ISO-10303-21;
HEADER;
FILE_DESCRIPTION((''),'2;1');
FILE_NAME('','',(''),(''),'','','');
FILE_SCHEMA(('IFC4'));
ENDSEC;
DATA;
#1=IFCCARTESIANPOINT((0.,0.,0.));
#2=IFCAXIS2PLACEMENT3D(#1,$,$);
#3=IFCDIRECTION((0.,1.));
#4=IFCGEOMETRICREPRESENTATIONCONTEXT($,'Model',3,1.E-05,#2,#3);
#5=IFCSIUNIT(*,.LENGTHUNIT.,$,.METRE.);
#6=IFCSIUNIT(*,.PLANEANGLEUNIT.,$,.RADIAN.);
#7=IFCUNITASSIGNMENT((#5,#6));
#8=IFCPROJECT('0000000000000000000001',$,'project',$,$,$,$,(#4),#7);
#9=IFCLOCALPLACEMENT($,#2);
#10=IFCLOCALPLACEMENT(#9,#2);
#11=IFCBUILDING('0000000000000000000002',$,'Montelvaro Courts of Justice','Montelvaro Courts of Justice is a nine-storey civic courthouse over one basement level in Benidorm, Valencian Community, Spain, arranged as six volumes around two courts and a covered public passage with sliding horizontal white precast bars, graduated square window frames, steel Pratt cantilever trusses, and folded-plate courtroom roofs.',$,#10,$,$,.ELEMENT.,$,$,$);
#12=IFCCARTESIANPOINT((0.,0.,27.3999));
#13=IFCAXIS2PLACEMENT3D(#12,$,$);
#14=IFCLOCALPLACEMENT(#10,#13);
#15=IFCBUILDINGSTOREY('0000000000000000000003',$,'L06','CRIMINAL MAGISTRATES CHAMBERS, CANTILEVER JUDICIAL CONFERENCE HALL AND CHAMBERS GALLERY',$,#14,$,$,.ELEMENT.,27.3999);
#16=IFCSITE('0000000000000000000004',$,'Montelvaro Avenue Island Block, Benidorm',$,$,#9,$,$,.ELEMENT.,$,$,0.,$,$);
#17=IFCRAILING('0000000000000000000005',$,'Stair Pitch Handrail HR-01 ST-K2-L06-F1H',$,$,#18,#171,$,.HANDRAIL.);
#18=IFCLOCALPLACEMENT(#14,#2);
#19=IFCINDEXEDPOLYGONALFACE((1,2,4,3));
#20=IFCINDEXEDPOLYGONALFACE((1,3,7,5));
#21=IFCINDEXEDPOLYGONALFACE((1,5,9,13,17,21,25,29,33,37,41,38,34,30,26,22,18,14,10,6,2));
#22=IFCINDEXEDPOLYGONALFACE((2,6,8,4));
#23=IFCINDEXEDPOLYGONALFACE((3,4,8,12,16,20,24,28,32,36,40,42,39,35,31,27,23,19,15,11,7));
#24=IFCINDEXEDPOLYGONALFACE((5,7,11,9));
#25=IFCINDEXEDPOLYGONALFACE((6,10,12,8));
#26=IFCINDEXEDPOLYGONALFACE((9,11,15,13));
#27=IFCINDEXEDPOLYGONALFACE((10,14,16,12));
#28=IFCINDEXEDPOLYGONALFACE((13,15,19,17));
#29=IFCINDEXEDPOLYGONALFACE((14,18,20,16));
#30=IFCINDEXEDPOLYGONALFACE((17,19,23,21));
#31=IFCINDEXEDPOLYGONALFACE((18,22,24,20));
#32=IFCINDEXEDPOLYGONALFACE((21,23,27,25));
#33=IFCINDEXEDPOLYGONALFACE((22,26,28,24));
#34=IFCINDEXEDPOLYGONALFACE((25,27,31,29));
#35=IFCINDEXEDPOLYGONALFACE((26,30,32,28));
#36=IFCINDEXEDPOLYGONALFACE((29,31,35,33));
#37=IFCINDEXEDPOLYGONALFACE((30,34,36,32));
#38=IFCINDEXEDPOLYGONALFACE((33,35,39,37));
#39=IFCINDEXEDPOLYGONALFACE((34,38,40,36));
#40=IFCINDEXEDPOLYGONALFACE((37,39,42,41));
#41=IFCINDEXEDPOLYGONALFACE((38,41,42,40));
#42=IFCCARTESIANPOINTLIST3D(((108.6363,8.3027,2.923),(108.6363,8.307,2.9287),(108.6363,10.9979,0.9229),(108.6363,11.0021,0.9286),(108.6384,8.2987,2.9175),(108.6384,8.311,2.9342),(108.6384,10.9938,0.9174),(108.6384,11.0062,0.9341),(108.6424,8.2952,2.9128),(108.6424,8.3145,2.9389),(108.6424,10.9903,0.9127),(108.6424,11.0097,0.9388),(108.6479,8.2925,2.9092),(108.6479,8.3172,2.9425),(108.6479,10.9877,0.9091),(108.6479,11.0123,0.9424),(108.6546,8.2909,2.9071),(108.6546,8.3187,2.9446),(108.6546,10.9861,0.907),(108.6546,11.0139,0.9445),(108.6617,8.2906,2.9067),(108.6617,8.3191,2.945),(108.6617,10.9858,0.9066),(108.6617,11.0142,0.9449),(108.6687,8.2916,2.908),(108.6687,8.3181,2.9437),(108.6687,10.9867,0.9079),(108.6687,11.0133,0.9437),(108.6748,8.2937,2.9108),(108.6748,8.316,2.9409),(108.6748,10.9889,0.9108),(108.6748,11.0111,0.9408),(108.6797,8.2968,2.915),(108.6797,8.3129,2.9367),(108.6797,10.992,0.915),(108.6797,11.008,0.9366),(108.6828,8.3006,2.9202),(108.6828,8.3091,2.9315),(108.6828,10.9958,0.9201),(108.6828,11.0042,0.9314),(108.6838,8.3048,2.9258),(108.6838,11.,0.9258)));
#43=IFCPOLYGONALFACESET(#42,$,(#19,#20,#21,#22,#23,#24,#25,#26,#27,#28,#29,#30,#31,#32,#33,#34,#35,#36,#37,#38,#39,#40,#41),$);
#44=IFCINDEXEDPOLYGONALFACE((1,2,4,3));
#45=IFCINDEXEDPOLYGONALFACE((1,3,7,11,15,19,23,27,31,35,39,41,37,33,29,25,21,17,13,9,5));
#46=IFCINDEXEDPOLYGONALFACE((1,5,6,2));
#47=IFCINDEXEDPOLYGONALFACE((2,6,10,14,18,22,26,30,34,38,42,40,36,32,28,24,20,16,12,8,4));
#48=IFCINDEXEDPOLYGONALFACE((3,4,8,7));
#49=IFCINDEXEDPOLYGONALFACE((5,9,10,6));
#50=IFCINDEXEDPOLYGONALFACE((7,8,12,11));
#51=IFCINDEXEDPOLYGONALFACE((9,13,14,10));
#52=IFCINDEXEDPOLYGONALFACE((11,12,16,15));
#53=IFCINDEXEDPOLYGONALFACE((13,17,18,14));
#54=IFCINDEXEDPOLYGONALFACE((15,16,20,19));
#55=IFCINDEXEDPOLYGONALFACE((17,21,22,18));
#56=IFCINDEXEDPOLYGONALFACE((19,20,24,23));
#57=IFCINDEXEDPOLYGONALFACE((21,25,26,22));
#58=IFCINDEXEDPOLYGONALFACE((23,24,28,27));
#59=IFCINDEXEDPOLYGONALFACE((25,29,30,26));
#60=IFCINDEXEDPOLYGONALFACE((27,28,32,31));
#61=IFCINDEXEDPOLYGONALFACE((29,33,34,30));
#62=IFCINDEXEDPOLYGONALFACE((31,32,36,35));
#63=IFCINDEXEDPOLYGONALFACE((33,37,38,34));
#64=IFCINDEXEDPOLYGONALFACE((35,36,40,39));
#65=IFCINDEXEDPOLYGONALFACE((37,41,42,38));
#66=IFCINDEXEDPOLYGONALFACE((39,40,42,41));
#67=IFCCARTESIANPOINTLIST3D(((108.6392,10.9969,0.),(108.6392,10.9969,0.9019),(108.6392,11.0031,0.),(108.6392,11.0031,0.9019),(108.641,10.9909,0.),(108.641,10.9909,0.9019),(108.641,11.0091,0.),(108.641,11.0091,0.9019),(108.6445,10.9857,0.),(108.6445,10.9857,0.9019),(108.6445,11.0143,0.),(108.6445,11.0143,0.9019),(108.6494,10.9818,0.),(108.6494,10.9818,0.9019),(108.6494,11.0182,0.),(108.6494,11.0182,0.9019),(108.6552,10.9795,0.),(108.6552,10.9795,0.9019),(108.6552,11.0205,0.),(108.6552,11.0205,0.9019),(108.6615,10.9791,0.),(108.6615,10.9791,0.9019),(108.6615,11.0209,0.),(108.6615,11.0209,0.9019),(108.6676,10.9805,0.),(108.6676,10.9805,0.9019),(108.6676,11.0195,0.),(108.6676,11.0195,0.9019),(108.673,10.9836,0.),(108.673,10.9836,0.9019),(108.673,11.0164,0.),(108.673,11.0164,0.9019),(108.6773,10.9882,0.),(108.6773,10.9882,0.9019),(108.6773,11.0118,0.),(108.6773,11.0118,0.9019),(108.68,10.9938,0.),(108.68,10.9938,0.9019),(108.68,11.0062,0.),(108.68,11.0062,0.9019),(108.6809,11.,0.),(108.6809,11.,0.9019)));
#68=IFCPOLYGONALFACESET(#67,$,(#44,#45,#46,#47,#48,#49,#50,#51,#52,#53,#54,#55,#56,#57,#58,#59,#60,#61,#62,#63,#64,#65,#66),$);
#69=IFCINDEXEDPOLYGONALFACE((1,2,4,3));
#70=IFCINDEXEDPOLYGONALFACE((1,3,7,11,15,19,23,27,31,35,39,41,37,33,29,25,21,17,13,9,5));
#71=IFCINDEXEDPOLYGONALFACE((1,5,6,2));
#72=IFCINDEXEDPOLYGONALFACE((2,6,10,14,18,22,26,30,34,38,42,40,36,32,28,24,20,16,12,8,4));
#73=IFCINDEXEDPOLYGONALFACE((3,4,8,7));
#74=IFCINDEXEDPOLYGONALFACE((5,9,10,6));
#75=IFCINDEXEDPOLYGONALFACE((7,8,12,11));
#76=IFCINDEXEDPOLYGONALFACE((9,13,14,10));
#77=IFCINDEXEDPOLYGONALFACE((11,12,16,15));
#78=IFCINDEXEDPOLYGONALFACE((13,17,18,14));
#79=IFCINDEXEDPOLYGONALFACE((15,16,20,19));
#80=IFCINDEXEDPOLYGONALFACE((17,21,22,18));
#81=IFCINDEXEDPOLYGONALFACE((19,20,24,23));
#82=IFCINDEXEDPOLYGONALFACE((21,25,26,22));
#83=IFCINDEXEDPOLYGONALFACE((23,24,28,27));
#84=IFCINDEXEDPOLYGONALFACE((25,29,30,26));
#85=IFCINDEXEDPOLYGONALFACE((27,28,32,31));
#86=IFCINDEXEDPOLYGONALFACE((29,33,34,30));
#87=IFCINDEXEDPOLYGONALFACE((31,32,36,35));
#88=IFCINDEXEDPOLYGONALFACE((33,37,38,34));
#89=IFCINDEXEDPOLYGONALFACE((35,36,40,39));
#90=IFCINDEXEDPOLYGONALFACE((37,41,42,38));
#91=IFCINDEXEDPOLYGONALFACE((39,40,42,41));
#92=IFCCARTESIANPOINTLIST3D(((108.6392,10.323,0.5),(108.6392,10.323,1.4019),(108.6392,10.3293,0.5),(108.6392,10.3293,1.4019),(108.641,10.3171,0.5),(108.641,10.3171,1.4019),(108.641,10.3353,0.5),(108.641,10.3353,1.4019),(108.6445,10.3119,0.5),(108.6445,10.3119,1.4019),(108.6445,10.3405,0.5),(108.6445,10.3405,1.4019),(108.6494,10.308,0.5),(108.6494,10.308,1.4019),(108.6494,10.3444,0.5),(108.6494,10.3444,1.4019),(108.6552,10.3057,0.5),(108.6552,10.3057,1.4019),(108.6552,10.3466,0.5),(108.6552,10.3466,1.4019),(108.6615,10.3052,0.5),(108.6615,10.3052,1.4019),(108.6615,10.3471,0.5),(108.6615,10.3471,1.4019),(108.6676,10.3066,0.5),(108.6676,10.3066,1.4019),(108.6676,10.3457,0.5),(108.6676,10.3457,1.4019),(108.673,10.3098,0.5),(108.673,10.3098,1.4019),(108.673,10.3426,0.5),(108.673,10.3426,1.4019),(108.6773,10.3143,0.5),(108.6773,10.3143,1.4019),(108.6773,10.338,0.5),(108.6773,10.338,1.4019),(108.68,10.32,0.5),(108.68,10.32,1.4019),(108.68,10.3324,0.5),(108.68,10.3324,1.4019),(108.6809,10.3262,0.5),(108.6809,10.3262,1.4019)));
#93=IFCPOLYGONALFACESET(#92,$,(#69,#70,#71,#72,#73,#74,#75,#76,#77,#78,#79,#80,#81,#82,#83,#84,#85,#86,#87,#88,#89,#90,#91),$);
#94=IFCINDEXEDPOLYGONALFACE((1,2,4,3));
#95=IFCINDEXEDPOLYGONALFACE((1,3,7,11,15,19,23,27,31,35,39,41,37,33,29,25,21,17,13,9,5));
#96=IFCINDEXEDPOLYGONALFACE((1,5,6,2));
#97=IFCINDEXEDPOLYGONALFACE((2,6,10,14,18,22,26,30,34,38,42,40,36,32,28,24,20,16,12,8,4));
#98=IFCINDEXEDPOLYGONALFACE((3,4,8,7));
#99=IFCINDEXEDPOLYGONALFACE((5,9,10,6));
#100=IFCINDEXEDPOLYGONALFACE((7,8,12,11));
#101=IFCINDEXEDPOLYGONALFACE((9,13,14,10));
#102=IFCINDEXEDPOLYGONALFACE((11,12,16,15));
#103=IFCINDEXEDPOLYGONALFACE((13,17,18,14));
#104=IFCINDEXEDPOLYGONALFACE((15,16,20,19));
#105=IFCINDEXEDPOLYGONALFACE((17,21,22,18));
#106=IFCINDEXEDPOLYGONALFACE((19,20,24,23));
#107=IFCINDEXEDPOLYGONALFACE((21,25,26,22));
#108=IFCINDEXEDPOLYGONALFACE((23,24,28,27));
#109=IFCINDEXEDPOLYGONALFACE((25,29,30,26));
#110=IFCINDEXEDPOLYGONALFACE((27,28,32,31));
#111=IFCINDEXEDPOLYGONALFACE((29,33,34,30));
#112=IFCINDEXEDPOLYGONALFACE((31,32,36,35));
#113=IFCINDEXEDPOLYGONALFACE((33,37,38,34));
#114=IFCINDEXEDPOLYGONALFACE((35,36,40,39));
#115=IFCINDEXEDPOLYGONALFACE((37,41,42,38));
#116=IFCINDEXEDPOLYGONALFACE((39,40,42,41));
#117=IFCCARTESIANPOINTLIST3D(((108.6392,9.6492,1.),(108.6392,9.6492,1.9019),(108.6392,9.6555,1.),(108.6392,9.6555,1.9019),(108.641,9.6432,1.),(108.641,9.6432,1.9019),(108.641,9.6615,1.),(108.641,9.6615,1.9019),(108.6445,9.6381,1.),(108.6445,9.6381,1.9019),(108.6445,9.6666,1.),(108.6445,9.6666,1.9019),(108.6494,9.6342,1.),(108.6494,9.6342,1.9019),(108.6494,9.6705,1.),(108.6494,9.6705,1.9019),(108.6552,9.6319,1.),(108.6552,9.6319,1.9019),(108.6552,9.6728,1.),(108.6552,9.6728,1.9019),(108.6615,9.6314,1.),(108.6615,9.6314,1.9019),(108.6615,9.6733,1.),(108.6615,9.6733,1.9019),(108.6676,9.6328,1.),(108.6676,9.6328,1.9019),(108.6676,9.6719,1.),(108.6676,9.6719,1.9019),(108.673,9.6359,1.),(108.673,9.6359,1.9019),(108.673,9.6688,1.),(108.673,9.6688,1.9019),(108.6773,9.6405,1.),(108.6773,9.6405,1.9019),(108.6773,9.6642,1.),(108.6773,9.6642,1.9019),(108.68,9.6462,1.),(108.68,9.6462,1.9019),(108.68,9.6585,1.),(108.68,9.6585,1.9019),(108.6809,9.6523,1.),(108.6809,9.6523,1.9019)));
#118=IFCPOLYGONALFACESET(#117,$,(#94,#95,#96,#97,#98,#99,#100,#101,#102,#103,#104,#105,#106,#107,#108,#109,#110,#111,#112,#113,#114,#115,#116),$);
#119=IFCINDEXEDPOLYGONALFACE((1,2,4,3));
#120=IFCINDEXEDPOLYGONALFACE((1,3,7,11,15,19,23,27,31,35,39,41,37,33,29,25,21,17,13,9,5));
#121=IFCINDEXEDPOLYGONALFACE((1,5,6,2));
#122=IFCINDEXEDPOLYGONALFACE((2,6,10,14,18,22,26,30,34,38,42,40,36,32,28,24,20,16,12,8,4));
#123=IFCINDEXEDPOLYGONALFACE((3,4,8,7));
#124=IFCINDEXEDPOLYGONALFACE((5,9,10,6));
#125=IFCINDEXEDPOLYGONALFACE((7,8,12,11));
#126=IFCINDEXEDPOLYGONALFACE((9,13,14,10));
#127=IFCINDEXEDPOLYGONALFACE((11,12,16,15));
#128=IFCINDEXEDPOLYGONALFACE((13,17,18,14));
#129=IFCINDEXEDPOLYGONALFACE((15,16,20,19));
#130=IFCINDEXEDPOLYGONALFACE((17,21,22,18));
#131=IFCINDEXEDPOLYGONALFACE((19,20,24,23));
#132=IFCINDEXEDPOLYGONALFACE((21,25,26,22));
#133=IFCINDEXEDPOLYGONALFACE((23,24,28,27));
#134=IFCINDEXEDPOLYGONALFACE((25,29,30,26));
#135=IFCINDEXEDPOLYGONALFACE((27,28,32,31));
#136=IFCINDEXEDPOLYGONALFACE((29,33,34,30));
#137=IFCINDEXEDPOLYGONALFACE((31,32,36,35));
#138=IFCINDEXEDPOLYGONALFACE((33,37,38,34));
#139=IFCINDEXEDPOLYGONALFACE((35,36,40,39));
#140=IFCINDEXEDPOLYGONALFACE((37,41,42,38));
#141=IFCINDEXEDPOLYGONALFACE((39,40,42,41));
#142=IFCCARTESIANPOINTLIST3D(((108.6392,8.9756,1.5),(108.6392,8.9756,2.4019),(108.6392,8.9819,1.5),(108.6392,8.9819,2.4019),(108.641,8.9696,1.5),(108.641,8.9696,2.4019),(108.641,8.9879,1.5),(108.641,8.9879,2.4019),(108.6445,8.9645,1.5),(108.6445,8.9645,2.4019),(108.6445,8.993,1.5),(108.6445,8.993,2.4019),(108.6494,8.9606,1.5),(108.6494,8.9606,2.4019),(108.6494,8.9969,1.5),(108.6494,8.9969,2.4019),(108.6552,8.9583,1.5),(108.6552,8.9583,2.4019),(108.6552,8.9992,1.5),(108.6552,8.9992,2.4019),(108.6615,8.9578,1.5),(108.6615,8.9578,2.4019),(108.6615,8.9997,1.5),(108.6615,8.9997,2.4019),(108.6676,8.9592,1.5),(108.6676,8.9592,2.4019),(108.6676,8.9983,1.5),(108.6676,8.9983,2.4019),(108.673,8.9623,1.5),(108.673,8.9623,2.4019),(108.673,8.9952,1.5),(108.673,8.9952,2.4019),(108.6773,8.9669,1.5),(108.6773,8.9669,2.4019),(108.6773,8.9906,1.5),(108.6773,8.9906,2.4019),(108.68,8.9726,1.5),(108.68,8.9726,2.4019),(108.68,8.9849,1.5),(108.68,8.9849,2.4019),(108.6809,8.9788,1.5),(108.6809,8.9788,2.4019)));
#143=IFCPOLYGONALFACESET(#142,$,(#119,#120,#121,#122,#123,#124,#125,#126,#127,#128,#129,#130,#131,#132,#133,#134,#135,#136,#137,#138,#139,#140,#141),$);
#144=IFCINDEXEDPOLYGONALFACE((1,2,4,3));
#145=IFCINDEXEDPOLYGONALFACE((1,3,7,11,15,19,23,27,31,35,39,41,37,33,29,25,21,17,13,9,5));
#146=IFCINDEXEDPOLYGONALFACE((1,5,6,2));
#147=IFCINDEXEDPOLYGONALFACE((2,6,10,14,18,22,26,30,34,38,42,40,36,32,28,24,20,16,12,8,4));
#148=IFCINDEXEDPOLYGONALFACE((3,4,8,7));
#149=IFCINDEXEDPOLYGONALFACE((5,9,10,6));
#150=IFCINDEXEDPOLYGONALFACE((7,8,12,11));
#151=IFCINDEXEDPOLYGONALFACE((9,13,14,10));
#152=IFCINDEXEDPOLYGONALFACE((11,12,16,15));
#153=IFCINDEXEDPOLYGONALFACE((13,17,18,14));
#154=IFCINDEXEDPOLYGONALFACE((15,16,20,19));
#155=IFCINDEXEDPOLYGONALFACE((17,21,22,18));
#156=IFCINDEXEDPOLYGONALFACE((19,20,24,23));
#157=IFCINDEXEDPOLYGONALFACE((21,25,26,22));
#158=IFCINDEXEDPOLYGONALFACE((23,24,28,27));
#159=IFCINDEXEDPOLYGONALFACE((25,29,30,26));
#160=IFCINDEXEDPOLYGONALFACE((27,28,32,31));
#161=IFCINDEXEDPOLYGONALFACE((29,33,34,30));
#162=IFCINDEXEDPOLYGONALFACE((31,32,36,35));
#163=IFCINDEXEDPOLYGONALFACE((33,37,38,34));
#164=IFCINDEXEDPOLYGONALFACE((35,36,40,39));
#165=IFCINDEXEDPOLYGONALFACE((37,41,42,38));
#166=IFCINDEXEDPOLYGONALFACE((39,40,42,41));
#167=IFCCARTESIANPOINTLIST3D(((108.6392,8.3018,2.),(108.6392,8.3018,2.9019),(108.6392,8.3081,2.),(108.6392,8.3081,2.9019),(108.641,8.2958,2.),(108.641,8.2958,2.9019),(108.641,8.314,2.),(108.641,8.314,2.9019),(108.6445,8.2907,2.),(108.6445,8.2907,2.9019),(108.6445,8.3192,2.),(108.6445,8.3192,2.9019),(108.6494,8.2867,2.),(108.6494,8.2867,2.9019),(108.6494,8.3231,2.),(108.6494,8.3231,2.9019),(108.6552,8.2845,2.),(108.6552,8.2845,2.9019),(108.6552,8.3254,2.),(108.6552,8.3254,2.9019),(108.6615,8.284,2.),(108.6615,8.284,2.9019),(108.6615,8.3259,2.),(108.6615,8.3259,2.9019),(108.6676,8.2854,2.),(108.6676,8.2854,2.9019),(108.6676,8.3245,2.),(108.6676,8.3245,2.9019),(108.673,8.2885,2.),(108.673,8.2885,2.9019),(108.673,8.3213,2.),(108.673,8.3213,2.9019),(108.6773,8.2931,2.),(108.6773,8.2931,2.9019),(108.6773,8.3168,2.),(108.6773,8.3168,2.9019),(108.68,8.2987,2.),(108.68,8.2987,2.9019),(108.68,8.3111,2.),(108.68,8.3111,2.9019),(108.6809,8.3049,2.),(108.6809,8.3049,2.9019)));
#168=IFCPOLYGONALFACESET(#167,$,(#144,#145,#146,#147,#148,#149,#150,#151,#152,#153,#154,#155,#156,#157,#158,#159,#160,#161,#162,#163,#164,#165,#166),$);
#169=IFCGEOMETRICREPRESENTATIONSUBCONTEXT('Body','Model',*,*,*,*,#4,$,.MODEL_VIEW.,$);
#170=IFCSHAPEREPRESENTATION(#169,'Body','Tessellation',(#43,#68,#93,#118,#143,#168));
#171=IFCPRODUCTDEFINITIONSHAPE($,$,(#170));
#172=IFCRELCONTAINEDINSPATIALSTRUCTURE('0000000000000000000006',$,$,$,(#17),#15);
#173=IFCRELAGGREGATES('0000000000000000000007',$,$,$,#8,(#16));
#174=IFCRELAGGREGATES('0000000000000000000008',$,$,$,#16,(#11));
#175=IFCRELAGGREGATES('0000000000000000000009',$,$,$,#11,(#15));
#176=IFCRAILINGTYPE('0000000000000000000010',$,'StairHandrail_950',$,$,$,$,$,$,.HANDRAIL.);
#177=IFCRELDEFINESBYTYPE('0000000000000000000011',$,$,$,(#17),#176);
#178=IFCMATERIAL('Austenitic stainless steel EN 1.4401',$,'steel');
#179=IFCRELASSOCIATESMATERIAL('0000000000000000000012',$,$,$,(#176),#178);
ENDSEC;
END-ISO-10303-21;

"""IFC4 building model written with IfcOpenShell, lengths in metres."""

from ifc_helpers import new_model, si_unit, direction, frame, origin, origin_2d, place, context, subcontext, project, spatial, circle, extrude, material, type_object, element, save


model = new_model("IFC4")

# Units and contexts
model_context = context("Model", 3, precision=1e-05, world=origin(), true_north=direction((0.0, 1.0)))
body_context = subcontext(model_context, "Body", "Model", "MODEL_VIEW")
ifc_project = project(units=[si_unit("LENGTHUNIT", "METRE"), si_unit("PLANEANGLEUNIT", "RADIAN")], contexts=[model_context])

# Site, building, storey
site_placement = place(None, origin())
site = spatial("IfcSite", under=ifc_project, at=site_placement, Name="Montelvaro Avenue Island Block, Benidorm", CompositionType="ELEMENT", RefElevation=0.0)
building_placement = place(site_placement, origin())
building = spatial("IfcBuilding", under=site, at=building_placement, Name="Montelvaro Courts of Justice", Description="Montelvaro Courts of Justice is a nine-storey civic courthouse over one basement level in Benidorm, Valencian Community, Spain, arranged as six volumes around two courts and a covered public passage with sliding horizontal white precast bars, graduated square window frames, steel Pratt cantilever trusses, and folded-plate courtroom roofs.", CompositionType="ELEMENT")
storey_placement = place(building_placement, frame((0.0, 0.0, 27.3999)))
storey = spatial("IfcBuildingStorey", under=building, at=storey_placement, Name="L06", Description="CRIMINAL MAGISTRATES CHAMBERS, CANTILEVER JUDICIAL CONFERENCE HALL AND CHAMBERS GALLERY", CompositionType="ELEMENT", Elevation=27.3999)

# Railing
ifc_material_1 = material(Name="Austenitic stainless steel EN 1.4401", Category="steel")
railing_type_1 = type_object("IfcRailingType", Name="StairHandrail_950", PredefinedType="HANDRAIL", material=ifc_material_1)
railing_1_placement = place(storey_placement, frame((108.6599, 11.0, 0.0)))
element("IfcRailing", 1, at=railing_1_placement, inside=storey, type_object=railing_type_1, Name="Stair Pitch Handrail HR-01 ST-K2-L06-F1H", PredefinedType="HANDRAIL", context=body_context, shape_type="SweptSolid", body=[
    extrude(circle(Radius=0.0239, at=origin_2d()), frame((0.0, 0.0, 0.9258), z_axis=(0.0, -0.803036, 0.59593), x_axis=(1.0, 0.0, 0.0)), (0.0, 0.0, 1.0), 3.3562),
    extrude(circle(Radius=0.021, at=origin_2d()), origin(), (0.0, 0.0, 1.0), 0.9019),
    extrude(circle(Radius=0.021, at=origin_2d()), frame((0.0, -0.6738, 0.5)), (0.0, 0.0, 1.0), 0.9019),
    extrude(circle(Radius=0.021, at=origin_2d()), frame((0.0, -1.3477, 1.0)), (0.0, 0.0, 1.0), 0.9019),
    extrude(circle(Radius=0.021, at=origin_2d()), frame((0.0, -2.0212, 1.5)), (0.0, 0.0, 1.0), 0.9019),
    extrude(circle(Radius=0.021, at=origin_2d()), frame((0.0, -2.6951, 2.0)), (0.0, 0.0, 1.0), 0.9019),
])

save(model, "model.ifc")
